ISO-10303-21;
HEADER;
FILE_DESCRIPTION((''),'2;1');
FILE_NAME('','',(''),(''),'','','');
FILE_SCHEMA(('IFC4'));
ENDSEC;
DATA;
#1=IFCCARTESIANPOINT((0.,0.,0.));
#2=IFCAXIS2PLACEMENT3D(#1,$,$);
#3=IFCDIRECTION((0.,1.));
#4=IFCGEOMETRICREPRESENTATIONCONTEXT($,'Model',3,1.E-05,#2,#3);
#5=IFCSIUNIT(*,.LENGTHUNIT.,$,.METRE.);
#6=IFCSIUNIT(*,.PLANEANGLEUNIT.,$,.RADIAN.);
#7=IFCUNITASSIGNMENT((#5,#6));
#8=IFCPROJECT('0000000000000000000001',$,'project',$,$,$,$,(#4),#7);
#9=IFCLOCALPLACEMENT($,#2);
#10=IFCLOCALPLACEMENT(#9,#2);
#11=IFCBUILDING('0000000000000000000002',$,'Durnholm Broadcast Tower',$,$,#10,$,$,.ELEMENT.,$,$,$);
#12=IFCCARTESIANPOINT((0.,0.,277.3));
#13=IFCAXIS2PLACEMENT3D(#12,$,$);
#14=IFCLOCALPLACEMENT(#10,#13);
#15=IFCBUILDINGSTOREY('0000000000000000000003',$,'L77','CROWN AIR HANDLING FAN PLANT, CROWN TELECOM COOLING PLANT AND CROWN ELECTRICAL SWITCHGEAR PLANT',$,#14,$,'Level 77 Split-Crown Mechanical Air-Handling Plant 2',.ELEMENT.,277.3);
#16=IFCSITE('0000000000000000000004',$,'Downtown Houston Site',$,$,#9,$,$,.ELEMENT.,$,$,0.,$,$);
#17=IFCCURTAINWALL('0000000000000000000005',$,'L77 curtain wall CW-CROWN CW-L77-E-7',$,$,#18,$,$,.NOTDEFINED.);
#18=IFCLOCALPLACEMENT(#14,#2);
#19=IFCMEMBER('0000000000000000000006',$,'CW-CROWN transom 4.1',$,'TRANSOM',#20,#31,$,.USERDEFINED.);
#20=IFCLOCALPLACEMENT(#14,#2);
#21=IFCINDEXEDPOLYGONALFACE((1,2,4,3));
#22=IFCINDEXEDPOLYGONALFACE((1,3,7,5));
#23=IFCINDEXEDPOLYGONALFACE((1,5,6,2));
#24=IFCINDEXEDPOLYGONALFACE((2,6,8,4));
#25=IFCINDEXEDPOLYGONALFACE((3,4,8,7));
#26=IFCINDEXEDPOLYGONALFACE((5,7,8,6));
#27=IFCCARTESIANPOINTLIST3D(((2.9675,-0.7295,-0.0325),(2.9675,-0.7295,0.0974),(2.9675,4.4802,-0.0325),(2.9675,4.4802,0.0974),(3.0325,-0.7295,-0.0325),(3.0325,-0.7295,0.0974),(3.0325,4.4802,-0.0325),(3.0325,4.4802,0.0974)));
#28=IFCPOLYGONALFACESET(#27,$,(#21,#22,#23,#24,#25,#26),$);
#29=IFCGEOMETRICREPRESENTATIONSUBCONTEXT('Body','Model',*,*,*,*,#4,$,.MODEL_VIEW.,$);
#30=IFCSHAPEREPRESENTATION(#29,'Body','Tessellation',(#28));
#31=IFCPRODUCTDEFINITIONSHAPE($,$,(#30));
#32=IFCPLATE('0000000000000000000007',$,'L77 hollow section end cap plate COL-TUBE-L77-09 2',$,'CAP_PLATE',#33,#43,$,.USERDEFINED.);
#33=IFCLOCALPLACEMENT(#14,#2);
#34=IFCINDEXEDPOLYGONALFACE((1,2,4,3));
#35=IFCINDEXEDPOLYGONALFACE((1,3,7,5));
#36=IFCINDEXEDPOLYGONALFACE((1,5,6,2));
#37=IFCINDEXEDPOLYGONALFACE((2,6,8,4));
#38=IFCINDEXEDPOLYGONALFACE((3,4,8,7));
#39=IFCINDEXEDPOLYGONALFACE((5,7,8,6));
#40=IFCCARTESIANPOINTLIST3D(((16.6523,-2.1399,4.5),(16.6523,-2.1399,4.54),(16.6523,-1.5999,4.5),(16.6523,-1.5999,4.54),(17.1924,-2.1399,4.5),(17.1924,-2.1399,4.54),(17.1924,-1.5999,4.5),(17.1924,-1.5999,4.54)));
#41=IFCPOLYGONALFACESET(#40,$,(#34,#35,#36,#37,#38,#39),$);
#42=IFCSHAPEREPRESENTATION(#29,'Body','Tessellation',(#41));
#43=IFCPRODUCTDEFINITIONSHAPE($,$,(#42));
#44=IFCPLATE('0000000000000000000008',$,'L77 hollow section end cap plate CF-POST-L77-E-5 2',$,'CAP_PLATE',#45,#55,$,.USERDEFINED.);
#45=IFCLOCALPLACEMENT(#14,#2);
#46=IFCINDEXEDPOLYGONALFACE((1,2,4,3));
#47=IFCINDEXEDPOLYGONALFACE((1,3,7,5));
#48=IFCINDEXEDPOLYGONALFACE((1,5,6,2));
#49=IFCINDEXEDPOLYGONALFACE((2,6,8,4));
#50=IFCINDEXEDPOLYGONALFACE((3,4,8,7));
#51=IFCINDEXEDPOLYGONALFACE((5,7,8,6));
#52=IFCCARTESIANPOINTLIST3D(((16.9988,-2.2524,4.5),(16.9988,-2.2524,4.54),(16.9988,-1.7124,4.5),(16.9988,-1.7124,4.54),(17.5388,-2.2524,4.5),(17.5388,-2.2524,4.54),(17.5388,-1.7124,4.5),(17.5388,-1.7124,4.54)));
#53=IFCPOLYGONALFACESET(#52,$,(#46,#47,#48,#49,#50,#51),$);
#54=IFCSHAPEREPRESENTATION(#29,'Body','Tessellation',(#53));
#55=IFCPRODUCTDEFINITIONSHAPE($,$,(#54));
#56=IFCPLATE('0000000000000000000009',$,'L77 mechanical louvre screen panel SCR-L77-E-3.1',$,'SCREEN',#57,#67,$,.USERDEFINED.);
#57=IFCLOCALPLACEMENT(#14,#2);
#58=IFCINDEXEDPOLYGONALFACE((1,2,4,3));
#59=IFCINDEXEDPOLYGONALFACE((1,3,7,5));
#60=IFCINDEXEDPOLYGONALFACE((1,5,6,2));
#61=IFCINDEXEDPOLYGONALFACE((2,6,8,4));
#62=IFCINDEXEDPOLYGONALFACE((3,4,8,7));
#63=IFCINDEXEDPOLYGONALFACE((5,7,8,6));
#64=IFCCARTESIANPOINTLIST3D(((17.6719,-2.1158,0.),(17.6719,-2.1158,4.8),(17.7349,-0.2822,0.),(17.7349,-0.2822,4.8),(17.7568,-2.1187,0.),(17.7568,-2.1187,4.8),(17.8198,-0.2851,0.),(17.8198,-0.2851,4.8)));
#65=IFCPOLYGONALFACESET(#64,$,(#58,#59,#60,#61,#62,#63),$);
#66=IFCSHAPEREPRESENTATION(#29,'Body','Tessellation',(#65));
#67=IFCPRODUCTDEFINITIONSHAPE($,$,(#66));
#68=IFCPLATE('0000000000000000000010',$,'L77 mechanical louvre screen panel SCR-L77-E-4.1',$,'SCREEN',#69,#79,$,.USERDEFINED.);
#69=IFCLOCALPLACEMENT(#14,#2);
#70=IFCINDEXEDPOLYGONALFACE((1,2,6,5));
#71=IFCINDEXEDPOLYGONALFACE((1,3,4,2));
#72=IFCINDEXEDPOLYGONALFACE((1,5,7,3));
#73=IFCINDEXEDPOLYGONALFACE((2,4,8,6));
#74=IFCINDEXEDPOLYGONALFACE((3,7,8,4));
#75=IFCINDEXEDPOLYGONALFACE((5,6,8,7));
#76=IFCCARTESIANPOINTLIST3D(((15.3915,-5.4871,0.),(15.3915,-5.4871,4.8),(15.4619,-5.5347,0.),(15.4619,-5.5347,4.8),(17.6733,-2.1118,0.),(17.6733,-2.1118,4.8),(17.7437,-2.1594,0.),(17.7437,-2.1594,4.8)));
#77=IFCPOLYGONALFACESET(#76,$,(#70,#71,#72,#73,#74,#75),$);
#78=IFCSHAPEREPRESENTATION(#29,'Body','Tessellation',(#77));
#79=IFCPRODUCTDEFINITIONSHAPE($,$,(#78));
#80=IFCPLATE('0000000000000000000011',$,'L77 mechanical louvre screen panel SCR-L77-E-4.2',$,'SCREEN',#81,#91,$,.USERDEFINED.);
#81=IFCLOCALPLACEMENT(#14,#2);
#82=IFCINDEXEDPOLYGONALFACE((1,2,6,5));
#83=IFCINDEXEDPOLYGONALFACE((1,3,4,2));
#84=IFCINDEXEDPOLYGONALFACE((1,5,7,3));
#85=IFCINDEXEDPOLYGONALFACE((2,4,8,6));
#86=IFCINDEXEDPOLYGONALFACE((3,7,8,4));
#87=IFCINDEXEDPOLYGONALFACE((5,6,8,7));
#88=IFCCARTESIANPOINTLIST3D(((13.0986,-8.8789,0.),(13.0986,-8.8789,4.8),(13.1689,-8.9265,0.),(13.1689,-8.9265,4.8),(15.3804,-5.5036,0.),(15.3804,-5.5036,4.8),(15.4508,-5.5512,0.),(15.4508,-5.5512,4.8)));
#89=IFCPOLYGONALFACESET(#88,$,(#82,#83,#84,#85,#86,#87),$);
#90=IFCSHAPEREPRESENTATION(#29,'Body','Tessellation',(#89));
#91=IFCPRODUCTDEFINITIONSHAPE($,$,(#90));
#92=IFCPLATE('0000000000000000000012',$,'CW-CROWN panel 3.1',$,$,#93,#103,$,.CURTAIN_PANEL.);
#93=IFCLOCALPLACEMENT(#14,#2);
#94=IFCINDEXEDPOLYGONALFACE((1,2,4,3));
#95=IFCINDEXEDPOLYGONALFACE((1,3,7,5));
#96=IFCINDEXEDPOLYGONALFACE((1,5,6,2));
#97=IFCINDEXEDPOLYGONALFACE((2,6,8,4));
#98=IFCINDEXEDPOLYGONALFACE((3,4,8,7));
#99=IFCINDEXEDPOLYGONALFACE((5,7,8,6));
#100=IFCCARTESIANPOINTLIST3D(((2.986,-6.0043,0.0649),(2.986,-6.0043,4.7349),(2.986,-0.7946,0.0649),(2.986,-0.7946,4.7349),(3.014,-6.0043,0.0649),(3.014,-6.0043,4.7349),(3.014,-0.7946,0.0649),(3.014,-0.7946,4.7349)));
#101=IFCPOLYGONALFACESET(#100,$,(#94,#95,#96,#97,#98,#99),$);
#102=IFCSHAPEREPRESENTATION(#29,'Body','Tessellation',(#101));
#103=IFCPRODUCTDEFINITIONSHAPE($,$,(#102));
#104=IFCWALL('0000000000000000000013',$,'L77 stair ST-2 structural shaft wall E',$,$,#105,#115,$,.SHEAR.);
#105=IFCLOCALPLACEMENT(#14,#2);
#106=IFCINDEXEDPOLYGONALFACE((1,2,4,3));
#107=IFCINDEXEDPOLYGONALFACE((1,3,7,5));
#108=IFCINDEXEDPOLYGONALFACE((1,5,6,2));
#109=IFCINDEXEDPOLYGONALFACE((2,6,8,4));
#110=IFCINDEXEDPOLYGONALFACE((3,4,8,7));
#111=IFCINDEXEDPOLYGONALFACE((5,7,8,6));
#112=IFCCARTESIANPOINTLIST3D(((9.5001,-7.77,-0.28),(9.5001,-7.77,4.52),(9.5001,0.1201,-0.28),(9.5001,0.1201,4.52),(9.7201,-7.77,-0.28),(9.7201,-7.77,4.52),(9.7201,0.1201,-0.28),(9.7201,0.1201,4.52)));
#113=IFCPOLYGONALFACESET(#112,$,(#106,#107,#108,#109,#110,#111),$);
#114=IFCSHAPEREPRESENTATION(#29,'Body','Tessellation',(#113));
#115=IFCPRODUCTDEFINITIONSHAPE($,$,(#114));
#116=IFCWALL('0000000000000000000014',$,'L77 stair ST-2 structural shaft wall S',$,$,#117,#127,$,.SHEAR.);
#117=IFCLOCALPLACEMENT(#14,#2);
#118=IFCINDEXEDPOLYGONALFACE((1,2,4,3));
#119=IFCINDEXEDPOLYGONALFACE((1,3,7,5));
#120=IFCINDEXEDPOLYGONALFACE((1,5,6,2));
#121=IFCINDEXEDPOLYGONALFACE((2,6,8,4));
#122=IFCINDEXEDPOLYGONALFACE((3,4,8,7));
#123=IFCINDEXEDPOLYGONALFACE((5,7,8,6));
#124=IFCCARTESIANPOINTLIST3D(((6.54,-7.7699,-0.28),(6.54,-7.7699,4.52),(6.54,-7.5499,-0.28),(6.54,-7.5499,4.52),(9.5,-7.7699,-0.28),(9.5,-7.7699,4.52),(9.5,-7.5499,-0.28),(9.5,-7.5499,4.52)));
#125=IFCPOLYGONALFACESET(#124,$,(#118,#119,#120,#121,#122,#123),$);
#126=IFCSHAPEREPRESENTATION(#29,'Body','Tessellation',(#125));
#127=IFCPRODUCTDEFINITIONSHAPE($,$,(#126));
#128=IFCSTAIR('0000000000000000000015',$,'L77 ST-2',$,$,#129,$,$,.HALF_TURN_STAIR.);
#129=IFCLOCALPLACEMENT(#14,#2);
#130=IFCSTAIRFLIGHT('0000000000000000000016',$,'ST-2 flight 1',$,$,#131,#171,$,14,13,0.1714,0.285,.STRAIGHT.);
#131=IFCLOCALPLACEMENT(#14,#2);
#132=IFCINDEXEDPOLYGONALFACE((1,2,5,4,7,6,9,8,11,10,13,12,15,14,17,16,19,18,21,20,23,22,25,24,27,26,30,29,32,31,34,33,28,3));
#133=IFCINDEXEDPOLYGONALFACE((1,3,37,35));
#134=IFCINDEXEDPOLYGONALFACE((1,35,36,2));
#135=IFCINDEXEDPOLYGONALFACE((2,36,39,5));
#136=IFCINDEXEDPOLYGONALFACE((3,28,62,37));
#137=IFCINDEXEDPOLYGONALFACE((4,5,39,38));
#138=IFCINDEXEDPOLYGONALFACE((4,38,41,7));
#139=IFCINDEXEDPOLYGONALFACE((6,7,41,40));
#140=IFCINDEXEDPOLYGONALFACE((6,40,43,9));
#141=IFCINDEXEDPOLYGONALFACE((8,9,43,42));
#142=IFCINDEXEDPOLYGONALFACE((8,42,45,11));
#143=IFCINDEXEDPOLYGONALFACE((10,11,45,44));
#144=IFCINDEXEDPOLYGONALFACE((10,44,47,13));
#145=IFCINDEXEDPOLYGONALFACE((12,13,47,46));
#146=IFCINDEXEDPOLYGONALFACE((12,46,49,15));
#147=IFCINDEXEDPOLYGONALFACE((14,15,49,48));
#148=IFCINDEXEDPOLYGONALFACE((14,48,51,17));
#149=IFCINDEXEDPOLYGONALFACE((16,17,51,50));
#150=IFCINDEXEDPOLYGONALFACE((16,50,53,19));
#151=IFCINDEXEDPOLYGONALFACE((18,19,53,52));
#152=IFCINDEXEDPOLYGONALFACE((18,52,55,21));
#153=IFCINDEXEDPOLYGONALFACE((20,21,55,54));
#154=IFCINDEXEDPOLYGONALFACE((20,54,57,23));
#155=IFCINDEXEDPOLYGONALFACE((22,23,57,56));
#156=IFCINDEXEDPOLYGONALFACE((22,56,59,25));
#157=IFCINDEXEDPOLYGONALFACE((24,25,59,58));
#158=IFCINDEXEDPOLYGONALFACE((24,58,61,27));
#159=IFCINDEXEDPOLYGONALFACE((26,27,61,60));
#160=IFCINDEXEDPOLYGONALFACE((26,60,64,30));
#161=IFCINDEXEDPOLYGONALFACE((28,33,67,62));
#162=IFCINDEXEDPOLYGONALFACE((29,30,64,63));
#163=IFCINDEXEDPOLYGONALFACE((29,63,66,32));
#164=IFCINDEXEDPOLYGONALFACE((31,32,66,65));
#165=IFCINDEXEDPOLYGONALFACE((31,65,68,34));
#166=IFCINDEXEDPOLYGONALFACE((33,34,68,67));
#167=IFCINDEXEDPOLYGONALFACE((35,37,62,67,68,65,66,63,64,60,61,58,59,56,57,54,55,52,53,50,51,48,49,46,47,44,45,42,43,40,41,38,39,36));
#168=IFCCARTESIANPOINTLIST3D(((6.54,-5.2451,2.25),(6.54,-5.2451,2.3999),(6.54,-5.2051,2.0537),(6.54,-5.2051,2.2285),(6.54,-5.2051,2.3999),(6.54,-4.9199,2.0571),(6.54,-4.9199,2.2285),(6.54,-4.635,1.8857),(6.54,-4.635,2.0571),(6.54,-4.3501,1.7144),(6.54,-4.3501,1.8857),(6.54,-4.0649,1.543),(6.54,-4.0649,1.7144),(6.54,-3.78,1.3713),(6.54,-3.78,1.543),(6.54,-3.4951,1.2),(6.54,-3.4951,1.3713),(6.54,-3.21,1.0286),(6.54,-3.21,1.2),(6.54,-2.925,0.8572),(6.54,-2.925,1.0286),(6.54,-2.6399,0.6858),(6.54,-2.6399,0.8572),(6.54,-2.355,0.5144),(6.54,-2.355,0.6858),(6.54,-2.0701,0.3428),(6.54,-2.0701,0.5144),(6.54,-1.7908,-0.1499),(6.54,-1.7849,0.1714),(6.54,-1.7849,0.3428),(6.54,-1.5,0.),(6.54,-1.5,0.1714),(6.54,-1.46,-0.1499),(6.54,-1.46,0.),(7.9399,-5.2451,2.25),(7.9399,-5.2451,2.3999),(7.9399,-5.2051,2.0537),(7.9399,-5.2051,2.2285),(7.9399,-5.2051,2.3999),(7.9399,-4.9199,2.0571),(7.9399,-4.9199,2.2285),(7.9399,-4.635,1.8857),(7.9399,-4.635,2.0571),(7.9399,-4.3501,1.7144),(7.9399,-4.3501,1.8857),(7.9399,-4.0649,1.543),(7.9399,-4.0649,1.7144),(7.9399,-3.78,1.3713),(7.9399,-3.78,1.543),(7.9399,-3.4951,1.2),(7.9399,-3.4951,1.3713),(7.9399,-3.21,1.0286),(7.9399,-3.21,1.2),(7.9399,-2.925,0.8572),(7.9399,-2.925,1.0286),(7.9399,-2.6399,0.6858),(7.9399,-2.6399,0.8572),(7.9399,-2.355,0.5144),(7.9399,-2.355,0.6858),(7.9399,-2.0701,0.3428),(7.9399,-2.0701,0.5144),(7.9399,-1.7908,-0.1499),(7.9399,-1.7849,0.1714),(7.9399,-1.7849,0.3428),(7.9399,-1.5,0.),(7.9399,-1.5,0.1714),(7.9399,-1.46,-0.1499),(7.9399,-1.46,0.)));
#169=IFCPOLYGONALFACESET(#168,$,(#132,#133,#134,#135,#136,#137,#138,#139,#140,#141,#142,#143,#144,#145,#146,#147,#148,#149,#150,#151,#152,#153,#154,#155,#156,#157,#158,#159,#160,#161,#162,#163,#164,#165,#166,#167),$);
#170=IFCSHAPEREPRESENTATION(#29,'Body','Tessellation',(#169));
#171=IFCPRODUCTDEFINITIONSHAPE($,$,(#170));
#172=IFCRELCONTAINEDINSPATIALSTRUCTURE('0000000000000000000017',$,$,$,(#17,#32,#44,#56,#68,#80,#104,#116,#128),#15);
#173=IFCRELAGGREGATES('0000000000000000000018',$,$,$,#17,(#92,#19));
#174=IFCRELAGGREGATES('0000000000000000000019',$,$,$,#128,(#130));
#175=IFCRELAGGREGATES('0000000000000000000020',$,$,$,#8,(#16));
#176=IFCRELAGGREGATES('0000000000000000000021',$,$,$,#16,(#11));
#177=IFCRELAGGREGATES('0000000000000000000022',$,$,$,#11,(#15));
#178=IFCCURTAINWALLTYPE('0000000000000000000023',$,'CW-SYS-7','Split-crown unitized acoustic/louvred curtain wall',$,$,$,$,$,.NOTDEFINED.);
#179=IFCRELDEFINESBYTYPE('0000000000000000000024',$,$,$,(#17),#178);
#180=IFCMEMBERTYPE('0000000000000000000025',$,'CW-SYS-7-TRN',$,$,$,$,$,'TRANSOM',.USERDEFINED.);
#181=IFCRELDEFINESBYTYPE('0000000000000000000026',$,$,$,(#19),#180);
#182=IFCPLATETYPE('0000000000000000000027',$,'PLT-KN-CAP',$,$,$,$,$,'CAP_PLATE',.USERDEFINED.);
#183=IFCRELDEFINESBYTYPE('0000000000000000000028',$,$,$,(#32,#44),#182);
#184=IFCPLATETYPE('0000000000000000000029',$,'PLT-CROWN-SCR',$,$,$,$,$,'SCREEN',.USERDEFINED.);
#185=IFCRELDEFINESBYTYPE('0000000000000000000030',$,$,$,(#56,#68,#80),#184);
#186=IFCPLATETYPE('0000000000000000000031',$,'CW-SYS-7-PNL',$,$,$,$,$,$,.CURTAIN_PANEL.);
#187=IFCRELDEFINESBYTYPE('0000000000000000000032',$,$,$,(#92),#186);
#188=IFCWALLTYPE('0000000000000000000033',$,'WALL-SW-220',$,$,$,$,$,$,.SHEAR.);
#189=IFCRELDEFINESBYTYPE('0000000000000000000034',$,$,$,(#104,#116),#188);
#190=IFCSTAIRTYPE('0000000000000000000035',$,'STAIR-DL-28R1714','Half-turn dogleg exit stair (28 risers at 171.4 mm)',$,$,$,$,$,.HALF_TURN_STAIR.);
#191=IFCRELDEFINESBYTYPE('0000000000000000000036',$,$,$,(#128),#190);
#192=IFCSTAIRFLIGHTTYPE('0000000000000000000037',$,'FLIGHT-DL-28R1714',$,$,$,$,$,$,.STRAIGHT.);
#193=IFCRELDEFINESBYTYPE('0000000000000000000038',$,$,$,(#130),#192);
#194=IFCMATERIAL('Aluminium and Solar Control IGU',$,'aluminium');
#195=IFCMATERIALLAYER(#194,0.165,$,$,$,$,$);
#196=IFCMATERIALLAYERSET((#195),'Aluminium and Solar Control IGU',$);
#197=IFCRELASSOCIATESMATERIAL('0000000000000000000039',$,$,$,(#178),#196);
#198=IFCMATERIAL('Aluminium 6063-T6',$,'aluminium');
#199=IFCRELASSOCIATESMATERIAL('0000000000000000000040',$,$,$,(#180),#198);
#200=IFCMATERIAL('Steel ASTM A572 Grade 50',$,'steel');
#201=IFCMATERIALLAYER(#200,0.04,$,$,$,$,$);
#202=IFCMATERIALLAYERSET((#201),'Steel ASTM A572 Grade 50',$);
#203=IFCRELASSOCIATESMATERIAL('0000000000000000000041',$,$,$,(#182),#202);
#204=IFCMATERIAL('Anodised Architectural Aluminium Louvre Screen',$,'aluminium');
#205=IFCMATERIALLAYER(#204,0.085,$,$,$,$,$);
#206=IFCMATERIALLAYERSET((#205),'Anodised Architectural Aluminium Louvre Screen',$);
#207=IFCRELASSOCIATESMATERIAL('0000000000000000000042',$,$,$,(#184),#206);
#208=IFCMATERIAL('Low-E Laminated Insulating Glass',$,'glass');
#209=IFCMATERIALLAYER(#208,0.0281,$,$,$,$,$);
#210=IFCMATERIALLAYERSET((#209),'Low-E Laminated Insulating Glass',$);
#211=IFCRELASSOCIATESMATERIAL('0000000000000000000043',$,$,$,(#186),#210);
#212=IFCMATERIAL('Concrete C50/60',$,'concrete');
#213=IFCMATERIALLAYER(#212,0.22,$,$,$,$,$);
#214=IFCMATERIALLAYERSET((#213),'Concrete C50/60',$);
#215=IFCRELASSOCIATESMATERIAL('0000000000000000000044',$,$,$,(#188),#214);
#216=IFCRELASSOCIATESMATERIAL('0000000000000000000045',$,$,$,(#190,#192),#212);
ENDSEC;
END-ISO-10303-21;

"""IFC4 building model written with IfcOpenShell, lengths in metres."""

from ifc_helpers import new_model, si_unit, direction, frame, frame_2d, origin, origin_2d, place, context, subcontext, project, spatial, polyline, rectangle, outline, extrude, source, transform, mapped, material, layer, layer_set, material_profile, profile_set, type_object, type_shapes, element, aggregate, save


model = new_model("IFC4")

# Units and contexts
model_context = context("Model", 3, precision=1e-05, world=origin(), true_north=direction((0.0, 1.0)))
body_context = subcontext(model_context, "Body", "Model", "MODEL_VIEW")
ifc_project = project(units=[si_unit("LENGTHUNIT", "METRE"), si_unit("PLANEANGLEUNIT", "RADIAN")], contexts=[model_context])

# Site, building, storey
site_placement = place(None, origin())
site = spatial("IfcSite", under=ifc_project, at=site_placement, Name="Downtown Houston Site", CompositionType="ELEMENT", RefElevation=0.0)
building_placement = place(site_placement, origin())
building = spatial("IfcBuilding", under=site, at=building_placement, Name="Durnholm Broadcast Tower", CompositionType="ELEMENT")
storey_placement = place(building_placement, frame((0.0, 0.0, 277.3)))
storey = spatial("IfcBuildingStorey", under=building, at=storey_placement, Name="L77", Description="CROWN AIR HANDLING FAN PLANT, CROWN TELECOM COOLING PLANT AND CROWN ELECTRICAL SWITCHGEAR PLANT", LongName="Level 77 Split-Crown Mechanical Air-Handling Plant 2", CompositionType="ELEMENT", Elevation=277.3)

# Curtain wall, member
ifc_material_1 = material(Name="Aluminium and Solar Control IGU", Category="aluminium")
ifc_layer_1 = layer(ifc_material_1, 0.165)
ifc_layer_set_1 = layer_set([ifc_layer_1], Name="Aluminium and Solar Control IGU")
curtain_wall_type = type_object("IfcCurtainWallType", Name="CW-SYS-7", Description="Split-crown unitized acoustic/louvred curtain wall", PredefinedType="NOTDEFINED", material=ifc_layer_set_1)
curtain_wall_placement = place(storey_placement, origin())
curtain_wall = element("IfcCurtainWall", 1, at=curtain_wall_placement, inside=storey, type_object=curtain_wall_type, Name="L77 curtain wall CW-CROWN CW-L77-E-7", PredefinedType="NOTDEFINED")
ifc_material_2 = material(Name="Aluminium 6063-T6", Category="aluminium")
ifc_material_profile_1 = material_profile(ifc_material_2, rectangle(XDim=0.0649, YDim=0.1299, at=origin_2d()), Name="CWT65X130")
ifc_profile_set_1 = profile_set([ifc_material_profile_1], Name="Aluminium 6063-T6")
member_type_1 = type_object("IfcMemberType", Name="CW-SYS-7-TRN", ElementType="TRANSOM", PredefinedType="USERDEFINED", material=ifc_profile_set_1)
shared_shape_1 = source(origin(), body_context, "Body", "SweptSolid", [
    extrude(rectangle(XDim=0.0649, YDim=0.1299, at=origin_2d()), origin(), (0.0, 0.0, 1.0), 5.2097),
])
type_shapes(member_type_1, [shared_shape_1])
member_1_placement = place(storey_placement, frame((3.0, -0.7295, 0.0325), z_axis=(0.0, 1.0, 0.0), x_axis=(-1.0, 0.0, 0.0)))
member_1 = element("IfcMember", 2, at=member_1_placement, type_object=member_type_1, Name="CW-CROWN transom 4.1", ObjectType="TRANSOM", PredefinedType="USERDEFINED", context=body_context, shape_type="MappedRepresentation", body=[
    mapped(shared_shape_1, transform((0.0, 0.0, 0.0), x_axis=(1.0, 0.0, 0.0), y_axis=(0.0, 1.0, 0.0), z_axis=(0.0, 0.0, 1.0), scale=1.0)),
])

# Plates
ifc_material_3 = material(Name="Steel ASTM A572 Grade 50", Category="steel")
ifc_layer_2 = layer(ifc_material_3, 0.04)
ifc_layer_set_2 = layer_set([ifc_layer_2], Name="Steel ASTM A572 Grade 50")
plate_type_1 = type_object("IfcPlateType", Name="PLT-KN-CAP", ElementType="CAP_PLATE", PredefinedType="USERDEFINED", material=ifc_layer_set_2)
shared_shape_2 = source(origin(), body_context, "Body", "SweptSolid", [
    extrude(rectangle(XDim=0.54, YDim=0.54, at=origin_2d()), origin(), (0.0, 0.0, 1.0), 0.04),
])
type_shapes(plate_type_1, [shared_shape_2])
for number, where, z_axis, x_axis, name in (
    (3, (16.9224, -1.8699, 4.5), (0.0, 0.0, 1.0), (1.0, 0.0, 0.0), "L77 hollow section end cap plate COL-TUBE-L77-09 2"),
    (4, (17.2688, -1.9824, 4.5), (0.0, 0.0, 1.0), (1.0, 0.0, 0.0), "L77 hollow section end cap plate CF-POST-L77-E-5 2"),
):
    element("IfcPlate", number, at=place(storey_placement, frame(where, z_axis=z_axis, x_axis=x_axis)), inside=storey, type_object=plate_type_1, Name=name, ObjectType="CAP_PLATE", PredefinedType="USERDEFINED", context=body_context, shape_type="MappedRepresentation", body=[
        mapped(shared_shape_2, transform((0.0, 0.0, 0.0), x_axis=(1.0, 0.0, 0.0), y_axis=(0.0, 1.0, 0.0), z_axis=(0.0, 0.0, 1.0), scale=1.0)),
    ])
ifc_material_4 = material(Name="Anodised Architectural Aluminium Louvre Screen", Category="aluminium")
ifc_layer_3 = layer(ifc_material_4, 0.085)
ifc_layer_set_3 = layer_set([ifc_layer_3], Name="Anodised Architectural Aluminium Louvre Screen")
plate_type_2 = type_object("IfcPlateType", Name="PLT-CROWN-SCR", ElementType="SCREEN", PredefinedType="USERDEFINED", material=ifc_layer_set_3)
shared_shape_3 = source(origin(), body_context, "Body", "SweptSolid", [
    extrude(rectangle(XDim=1.8347, YDim=0.085, at=origin_2d()), origin(), (0.0, 0.0, 1.0), 4.8),
])
plate_1_placement = place(storey_placement, frame((17.7458, -1.2004, 0.0), z_axis=(0.0, 0.0, 1.0), x_axis=(-0.034376, -0.999409, 0.0)))
element("IfcPlate", 5, at=plate_1_placement, inside=storey, type_object=plate_type_2, Name="L77 mechanical louvre screen panel SCR-L77-E-3.1", ObjectType="SCREEN", PredefinedType="USERDEFINED", context=body_context, shape_type="MappedRepresentation", body=[
    mapped(shared_shape_3, transform((0.0, 0.0, 0.0), x_axis=(1.0, 0.0, 0.0), y_axis=(0.0, 1.0, 0.0), z_axis=(0.0, 0.0, 1.0), scale=1.0)),
])
shared_shape_4 = source(origin(), body_context, "Body", "SweptSolid", [
    extrude(rectangle(XDim=4.0742, YDim=0.085, at=origin_2d()), origin(), (0.0, 0.0, 1.0), 4.8),
])
type_shapes(plate_type_2, [shared_shape_3, shared_shape_4])
for number, where, z_axis, x_axis, name in (
    (6, (16.5676, -3.8232, 0.0), (0.0, 0.0, 1.0), (-0.560061, -0.828452, 0.0), "L77 mechanical louvre screen panel SCR-L77-E-4.1"),
    (7, (14.2747, -7.2151, 0.0), (0.0, 0.0, 1.0), (-0.560061, -0.828452, 0.0), "L77 mechanical louvre screen panel SCR-L77-E-4.2"),
):
    element("IfcPlate", number, at=place(storey_placement, frame(where, z_axis=z_axis, x_axis=x_axis)), inside=storey, type_object=plate_type_2, Name=name, ObjectType="SCREEN", PredefinedType="USERDEFINED", context=body_context, shape_type="MappedRepresentation", body=[
        mapped(shared_shape_4, transform((0.0, 0.0, 0.0), x_axis=(1.0, 0.0, 0.0), y_axis=(0.0, 1.0, 0.0), z_axis=(0.0, 0.0, 1.0), scale=1.0)),
    ])

# Plate
ifc_material_5 = material(Name="Low-E Laminated Insulating Glass", Category="glass")
ifc_layer_4 = layer(ifc_material_5, 0.0281)
ifc_layer_set_4 = layer_set([ifc_layer_4], Name="Low-E Laminated Insulating Glass")
plate_type_3 = type_object("IfcPlateType", Name="CW-SYS-7-PNL", PredefinedType="CURTAIN_PANEL", material=ifc_layer_set_4)
shared_shape_5 = source(origin(), body_context, "Body", "SweptSolid", [
    extrude(rectangle(XDim=5.2097, YDim=0.0281, at=origin_2d()), origin(), (0.0, 0.0, 1.0), 4.6699),
])
type_shapes(plate_type_3, [shared_shape_5])
plate_2_placement = place(storey_placement, frame((3.0, -3.3994, 0.0649), z_axis=(0.0, 0.0, 1.0), x_axis=(0.0, 1.0, 0.0)))
plate_2 = element("IfcPlate", 8, at=plate_2_placement, type_object=plate_type_3, Name="CW-CROWN panel 3.1", PredefinedType="CURTAIN_PANEL", context=body_context, shape_type="MappedRepresentation", body=[
    mapped(shared_shape_5, transform((0.0, 0.0, 0.0), x_axis=(1.0, 0.0, 0.0), y_axis=(0.0, 1.0, 0.0), z_axis=(0.0, 0.0, 1.0), scale=1.0)),
])
aggregate(curtain_wall, [plate_2, member_1])

# Walls
ifc_material_6 = material(Name="Concrete C50/60", Category="concrete")
ifc_layer_5 = layer(ifc_material_6, 0.22)
ifc_layer_set_5 = layer_set([ifc_layer_5], Name="Concrete C50/60")
wall_type = type_object("IfcWallType", Name="WALL-SW-220", PredefinedType="SHEAR", material=ifc_layer_set_5)
wall_1_placement = place(storey_placement, frame((9.6101, -7.77, -0.28), z_axis=(0.0, 0.0, 1.0), x_axis=(0.0, 1.0, 0.0)))
element("IfcWall", 9, at=wall_1_placement, inside=storey, type_object=wall_type, Name="L77 stair ST-2 structural shaft wall E", PredefinedType="SHEAR", context=body_context, shape_type="SweptSolid", body=[
    extrude(rectangle(XDim=7.8901, YDim=0.22, at=frame_2d((3.9451, 0.0))), origin(), (0.0, 0.0, 1.0), 4.8),
])
wall_2_placement = place(storey_placement, frame((6.54, -7.6599, -0.28), z_axis=(0.0, 0.0, 1.0), x_axis=(1.0, 0.0, 0.0)))
element("IfcWall", 10, at=wall_2_placement, inside=storey, type_object=wall_type, Name="L77 stair ST-2 structural shaft wall S", PredefinedType="SHEAR", context=body_context, shape_type="SweptSolid", body=[
    extrude(rectangle(XDim=2.96, YDim=0.22, at=frame_2d((1.48, 0.0))), origin(), (0.0, 0.0, 1.0), 4.8),
])

# Stair, stair flight
stair_type = type_object("IfcStairType", Name="STAIR-DL-28R1714", Description="Half-turn dogleg exit stair (28 risers at 171.4 mm)", PredefinedType="HALF_TURN_STAIR", material=ifc_material_6)
stair_placement = place(storey_placement, origin())
stair = element("IfcStair", 11, at=stair_placement, inside=storey, type_object=stair_type, Name="L77 ST-2", PredefinedType="HALF_TURN_STAIR")
stair_flight_type = type_object("IfcStairFlightType", Name="FLIGHT-DL-28R1714", PredefinedType="STRAIGHT", material=ifc_material_6)
stair_flight_1_placement = place(storey_placement, frame((7.24, -1.5, 0.0), z_axis=(0.0, 0.0, 1.0), x_axis=(0.0, -1.0, 0.0)))
stair_flight_1 = element("IfcStairFlight", 12, at=stair_flight_1_placement, type_object=stair_flight_type, Name="ST-2 flight 1", NumberOfRisers=14, NumberOfTreads=13, PredefinedType="STRAIGHT", RiserHeight=0.1714, TreadLength=0.285, context=body_context, shape_type="SweptSolid", body=[
    extrude(outline(polyline([(-0.04, -0.1499), (-0.04, 0.0), (0.0, 0.0), (0.0, 0.1714), (0.2849, 0.1714), (0.2849, 0.3428), (0.5701, 0.3428), (0.5701, 0.5144), (0.855, 0.5144), (0.855, 0.6858), (1.1399, 0.6858), (1.1399, 0.8572), (1.425, 0.8572), (1.425, 1.0286), (1.71, 1.0286), (1.71, 1.2), (1.9951, 1.2), (1.9951, 1.3713), (2.28, 1.3713), (2.28, 1.543), (2.5649, 1.543), (2.5649, 1.7144), (2.8501, 1.7144), (2.8501, 1.8857), (3.135, 1.8857), (3.135, 2.0571), (3.4199, 2.0571), (3.4199, 2.2285), (3.7051, 2.2285), (3.7051, 2.3999), (3.7451, 2.3999), (3.7451, 2.25), (3.7051, 2.0537), (0.2908, -0.1499), (-0.04, -0.1499)])), frame((0.0, 0.7, 0.0), z_axis=(0.0, -1.0, 0.0), x_axis=(1.0, 0.0, 0.0)), (0.0, 0.0, 1.0), 1.3999),
])
aggregate(stair, [stair_flight_1])

save(model, "model.ifc")
